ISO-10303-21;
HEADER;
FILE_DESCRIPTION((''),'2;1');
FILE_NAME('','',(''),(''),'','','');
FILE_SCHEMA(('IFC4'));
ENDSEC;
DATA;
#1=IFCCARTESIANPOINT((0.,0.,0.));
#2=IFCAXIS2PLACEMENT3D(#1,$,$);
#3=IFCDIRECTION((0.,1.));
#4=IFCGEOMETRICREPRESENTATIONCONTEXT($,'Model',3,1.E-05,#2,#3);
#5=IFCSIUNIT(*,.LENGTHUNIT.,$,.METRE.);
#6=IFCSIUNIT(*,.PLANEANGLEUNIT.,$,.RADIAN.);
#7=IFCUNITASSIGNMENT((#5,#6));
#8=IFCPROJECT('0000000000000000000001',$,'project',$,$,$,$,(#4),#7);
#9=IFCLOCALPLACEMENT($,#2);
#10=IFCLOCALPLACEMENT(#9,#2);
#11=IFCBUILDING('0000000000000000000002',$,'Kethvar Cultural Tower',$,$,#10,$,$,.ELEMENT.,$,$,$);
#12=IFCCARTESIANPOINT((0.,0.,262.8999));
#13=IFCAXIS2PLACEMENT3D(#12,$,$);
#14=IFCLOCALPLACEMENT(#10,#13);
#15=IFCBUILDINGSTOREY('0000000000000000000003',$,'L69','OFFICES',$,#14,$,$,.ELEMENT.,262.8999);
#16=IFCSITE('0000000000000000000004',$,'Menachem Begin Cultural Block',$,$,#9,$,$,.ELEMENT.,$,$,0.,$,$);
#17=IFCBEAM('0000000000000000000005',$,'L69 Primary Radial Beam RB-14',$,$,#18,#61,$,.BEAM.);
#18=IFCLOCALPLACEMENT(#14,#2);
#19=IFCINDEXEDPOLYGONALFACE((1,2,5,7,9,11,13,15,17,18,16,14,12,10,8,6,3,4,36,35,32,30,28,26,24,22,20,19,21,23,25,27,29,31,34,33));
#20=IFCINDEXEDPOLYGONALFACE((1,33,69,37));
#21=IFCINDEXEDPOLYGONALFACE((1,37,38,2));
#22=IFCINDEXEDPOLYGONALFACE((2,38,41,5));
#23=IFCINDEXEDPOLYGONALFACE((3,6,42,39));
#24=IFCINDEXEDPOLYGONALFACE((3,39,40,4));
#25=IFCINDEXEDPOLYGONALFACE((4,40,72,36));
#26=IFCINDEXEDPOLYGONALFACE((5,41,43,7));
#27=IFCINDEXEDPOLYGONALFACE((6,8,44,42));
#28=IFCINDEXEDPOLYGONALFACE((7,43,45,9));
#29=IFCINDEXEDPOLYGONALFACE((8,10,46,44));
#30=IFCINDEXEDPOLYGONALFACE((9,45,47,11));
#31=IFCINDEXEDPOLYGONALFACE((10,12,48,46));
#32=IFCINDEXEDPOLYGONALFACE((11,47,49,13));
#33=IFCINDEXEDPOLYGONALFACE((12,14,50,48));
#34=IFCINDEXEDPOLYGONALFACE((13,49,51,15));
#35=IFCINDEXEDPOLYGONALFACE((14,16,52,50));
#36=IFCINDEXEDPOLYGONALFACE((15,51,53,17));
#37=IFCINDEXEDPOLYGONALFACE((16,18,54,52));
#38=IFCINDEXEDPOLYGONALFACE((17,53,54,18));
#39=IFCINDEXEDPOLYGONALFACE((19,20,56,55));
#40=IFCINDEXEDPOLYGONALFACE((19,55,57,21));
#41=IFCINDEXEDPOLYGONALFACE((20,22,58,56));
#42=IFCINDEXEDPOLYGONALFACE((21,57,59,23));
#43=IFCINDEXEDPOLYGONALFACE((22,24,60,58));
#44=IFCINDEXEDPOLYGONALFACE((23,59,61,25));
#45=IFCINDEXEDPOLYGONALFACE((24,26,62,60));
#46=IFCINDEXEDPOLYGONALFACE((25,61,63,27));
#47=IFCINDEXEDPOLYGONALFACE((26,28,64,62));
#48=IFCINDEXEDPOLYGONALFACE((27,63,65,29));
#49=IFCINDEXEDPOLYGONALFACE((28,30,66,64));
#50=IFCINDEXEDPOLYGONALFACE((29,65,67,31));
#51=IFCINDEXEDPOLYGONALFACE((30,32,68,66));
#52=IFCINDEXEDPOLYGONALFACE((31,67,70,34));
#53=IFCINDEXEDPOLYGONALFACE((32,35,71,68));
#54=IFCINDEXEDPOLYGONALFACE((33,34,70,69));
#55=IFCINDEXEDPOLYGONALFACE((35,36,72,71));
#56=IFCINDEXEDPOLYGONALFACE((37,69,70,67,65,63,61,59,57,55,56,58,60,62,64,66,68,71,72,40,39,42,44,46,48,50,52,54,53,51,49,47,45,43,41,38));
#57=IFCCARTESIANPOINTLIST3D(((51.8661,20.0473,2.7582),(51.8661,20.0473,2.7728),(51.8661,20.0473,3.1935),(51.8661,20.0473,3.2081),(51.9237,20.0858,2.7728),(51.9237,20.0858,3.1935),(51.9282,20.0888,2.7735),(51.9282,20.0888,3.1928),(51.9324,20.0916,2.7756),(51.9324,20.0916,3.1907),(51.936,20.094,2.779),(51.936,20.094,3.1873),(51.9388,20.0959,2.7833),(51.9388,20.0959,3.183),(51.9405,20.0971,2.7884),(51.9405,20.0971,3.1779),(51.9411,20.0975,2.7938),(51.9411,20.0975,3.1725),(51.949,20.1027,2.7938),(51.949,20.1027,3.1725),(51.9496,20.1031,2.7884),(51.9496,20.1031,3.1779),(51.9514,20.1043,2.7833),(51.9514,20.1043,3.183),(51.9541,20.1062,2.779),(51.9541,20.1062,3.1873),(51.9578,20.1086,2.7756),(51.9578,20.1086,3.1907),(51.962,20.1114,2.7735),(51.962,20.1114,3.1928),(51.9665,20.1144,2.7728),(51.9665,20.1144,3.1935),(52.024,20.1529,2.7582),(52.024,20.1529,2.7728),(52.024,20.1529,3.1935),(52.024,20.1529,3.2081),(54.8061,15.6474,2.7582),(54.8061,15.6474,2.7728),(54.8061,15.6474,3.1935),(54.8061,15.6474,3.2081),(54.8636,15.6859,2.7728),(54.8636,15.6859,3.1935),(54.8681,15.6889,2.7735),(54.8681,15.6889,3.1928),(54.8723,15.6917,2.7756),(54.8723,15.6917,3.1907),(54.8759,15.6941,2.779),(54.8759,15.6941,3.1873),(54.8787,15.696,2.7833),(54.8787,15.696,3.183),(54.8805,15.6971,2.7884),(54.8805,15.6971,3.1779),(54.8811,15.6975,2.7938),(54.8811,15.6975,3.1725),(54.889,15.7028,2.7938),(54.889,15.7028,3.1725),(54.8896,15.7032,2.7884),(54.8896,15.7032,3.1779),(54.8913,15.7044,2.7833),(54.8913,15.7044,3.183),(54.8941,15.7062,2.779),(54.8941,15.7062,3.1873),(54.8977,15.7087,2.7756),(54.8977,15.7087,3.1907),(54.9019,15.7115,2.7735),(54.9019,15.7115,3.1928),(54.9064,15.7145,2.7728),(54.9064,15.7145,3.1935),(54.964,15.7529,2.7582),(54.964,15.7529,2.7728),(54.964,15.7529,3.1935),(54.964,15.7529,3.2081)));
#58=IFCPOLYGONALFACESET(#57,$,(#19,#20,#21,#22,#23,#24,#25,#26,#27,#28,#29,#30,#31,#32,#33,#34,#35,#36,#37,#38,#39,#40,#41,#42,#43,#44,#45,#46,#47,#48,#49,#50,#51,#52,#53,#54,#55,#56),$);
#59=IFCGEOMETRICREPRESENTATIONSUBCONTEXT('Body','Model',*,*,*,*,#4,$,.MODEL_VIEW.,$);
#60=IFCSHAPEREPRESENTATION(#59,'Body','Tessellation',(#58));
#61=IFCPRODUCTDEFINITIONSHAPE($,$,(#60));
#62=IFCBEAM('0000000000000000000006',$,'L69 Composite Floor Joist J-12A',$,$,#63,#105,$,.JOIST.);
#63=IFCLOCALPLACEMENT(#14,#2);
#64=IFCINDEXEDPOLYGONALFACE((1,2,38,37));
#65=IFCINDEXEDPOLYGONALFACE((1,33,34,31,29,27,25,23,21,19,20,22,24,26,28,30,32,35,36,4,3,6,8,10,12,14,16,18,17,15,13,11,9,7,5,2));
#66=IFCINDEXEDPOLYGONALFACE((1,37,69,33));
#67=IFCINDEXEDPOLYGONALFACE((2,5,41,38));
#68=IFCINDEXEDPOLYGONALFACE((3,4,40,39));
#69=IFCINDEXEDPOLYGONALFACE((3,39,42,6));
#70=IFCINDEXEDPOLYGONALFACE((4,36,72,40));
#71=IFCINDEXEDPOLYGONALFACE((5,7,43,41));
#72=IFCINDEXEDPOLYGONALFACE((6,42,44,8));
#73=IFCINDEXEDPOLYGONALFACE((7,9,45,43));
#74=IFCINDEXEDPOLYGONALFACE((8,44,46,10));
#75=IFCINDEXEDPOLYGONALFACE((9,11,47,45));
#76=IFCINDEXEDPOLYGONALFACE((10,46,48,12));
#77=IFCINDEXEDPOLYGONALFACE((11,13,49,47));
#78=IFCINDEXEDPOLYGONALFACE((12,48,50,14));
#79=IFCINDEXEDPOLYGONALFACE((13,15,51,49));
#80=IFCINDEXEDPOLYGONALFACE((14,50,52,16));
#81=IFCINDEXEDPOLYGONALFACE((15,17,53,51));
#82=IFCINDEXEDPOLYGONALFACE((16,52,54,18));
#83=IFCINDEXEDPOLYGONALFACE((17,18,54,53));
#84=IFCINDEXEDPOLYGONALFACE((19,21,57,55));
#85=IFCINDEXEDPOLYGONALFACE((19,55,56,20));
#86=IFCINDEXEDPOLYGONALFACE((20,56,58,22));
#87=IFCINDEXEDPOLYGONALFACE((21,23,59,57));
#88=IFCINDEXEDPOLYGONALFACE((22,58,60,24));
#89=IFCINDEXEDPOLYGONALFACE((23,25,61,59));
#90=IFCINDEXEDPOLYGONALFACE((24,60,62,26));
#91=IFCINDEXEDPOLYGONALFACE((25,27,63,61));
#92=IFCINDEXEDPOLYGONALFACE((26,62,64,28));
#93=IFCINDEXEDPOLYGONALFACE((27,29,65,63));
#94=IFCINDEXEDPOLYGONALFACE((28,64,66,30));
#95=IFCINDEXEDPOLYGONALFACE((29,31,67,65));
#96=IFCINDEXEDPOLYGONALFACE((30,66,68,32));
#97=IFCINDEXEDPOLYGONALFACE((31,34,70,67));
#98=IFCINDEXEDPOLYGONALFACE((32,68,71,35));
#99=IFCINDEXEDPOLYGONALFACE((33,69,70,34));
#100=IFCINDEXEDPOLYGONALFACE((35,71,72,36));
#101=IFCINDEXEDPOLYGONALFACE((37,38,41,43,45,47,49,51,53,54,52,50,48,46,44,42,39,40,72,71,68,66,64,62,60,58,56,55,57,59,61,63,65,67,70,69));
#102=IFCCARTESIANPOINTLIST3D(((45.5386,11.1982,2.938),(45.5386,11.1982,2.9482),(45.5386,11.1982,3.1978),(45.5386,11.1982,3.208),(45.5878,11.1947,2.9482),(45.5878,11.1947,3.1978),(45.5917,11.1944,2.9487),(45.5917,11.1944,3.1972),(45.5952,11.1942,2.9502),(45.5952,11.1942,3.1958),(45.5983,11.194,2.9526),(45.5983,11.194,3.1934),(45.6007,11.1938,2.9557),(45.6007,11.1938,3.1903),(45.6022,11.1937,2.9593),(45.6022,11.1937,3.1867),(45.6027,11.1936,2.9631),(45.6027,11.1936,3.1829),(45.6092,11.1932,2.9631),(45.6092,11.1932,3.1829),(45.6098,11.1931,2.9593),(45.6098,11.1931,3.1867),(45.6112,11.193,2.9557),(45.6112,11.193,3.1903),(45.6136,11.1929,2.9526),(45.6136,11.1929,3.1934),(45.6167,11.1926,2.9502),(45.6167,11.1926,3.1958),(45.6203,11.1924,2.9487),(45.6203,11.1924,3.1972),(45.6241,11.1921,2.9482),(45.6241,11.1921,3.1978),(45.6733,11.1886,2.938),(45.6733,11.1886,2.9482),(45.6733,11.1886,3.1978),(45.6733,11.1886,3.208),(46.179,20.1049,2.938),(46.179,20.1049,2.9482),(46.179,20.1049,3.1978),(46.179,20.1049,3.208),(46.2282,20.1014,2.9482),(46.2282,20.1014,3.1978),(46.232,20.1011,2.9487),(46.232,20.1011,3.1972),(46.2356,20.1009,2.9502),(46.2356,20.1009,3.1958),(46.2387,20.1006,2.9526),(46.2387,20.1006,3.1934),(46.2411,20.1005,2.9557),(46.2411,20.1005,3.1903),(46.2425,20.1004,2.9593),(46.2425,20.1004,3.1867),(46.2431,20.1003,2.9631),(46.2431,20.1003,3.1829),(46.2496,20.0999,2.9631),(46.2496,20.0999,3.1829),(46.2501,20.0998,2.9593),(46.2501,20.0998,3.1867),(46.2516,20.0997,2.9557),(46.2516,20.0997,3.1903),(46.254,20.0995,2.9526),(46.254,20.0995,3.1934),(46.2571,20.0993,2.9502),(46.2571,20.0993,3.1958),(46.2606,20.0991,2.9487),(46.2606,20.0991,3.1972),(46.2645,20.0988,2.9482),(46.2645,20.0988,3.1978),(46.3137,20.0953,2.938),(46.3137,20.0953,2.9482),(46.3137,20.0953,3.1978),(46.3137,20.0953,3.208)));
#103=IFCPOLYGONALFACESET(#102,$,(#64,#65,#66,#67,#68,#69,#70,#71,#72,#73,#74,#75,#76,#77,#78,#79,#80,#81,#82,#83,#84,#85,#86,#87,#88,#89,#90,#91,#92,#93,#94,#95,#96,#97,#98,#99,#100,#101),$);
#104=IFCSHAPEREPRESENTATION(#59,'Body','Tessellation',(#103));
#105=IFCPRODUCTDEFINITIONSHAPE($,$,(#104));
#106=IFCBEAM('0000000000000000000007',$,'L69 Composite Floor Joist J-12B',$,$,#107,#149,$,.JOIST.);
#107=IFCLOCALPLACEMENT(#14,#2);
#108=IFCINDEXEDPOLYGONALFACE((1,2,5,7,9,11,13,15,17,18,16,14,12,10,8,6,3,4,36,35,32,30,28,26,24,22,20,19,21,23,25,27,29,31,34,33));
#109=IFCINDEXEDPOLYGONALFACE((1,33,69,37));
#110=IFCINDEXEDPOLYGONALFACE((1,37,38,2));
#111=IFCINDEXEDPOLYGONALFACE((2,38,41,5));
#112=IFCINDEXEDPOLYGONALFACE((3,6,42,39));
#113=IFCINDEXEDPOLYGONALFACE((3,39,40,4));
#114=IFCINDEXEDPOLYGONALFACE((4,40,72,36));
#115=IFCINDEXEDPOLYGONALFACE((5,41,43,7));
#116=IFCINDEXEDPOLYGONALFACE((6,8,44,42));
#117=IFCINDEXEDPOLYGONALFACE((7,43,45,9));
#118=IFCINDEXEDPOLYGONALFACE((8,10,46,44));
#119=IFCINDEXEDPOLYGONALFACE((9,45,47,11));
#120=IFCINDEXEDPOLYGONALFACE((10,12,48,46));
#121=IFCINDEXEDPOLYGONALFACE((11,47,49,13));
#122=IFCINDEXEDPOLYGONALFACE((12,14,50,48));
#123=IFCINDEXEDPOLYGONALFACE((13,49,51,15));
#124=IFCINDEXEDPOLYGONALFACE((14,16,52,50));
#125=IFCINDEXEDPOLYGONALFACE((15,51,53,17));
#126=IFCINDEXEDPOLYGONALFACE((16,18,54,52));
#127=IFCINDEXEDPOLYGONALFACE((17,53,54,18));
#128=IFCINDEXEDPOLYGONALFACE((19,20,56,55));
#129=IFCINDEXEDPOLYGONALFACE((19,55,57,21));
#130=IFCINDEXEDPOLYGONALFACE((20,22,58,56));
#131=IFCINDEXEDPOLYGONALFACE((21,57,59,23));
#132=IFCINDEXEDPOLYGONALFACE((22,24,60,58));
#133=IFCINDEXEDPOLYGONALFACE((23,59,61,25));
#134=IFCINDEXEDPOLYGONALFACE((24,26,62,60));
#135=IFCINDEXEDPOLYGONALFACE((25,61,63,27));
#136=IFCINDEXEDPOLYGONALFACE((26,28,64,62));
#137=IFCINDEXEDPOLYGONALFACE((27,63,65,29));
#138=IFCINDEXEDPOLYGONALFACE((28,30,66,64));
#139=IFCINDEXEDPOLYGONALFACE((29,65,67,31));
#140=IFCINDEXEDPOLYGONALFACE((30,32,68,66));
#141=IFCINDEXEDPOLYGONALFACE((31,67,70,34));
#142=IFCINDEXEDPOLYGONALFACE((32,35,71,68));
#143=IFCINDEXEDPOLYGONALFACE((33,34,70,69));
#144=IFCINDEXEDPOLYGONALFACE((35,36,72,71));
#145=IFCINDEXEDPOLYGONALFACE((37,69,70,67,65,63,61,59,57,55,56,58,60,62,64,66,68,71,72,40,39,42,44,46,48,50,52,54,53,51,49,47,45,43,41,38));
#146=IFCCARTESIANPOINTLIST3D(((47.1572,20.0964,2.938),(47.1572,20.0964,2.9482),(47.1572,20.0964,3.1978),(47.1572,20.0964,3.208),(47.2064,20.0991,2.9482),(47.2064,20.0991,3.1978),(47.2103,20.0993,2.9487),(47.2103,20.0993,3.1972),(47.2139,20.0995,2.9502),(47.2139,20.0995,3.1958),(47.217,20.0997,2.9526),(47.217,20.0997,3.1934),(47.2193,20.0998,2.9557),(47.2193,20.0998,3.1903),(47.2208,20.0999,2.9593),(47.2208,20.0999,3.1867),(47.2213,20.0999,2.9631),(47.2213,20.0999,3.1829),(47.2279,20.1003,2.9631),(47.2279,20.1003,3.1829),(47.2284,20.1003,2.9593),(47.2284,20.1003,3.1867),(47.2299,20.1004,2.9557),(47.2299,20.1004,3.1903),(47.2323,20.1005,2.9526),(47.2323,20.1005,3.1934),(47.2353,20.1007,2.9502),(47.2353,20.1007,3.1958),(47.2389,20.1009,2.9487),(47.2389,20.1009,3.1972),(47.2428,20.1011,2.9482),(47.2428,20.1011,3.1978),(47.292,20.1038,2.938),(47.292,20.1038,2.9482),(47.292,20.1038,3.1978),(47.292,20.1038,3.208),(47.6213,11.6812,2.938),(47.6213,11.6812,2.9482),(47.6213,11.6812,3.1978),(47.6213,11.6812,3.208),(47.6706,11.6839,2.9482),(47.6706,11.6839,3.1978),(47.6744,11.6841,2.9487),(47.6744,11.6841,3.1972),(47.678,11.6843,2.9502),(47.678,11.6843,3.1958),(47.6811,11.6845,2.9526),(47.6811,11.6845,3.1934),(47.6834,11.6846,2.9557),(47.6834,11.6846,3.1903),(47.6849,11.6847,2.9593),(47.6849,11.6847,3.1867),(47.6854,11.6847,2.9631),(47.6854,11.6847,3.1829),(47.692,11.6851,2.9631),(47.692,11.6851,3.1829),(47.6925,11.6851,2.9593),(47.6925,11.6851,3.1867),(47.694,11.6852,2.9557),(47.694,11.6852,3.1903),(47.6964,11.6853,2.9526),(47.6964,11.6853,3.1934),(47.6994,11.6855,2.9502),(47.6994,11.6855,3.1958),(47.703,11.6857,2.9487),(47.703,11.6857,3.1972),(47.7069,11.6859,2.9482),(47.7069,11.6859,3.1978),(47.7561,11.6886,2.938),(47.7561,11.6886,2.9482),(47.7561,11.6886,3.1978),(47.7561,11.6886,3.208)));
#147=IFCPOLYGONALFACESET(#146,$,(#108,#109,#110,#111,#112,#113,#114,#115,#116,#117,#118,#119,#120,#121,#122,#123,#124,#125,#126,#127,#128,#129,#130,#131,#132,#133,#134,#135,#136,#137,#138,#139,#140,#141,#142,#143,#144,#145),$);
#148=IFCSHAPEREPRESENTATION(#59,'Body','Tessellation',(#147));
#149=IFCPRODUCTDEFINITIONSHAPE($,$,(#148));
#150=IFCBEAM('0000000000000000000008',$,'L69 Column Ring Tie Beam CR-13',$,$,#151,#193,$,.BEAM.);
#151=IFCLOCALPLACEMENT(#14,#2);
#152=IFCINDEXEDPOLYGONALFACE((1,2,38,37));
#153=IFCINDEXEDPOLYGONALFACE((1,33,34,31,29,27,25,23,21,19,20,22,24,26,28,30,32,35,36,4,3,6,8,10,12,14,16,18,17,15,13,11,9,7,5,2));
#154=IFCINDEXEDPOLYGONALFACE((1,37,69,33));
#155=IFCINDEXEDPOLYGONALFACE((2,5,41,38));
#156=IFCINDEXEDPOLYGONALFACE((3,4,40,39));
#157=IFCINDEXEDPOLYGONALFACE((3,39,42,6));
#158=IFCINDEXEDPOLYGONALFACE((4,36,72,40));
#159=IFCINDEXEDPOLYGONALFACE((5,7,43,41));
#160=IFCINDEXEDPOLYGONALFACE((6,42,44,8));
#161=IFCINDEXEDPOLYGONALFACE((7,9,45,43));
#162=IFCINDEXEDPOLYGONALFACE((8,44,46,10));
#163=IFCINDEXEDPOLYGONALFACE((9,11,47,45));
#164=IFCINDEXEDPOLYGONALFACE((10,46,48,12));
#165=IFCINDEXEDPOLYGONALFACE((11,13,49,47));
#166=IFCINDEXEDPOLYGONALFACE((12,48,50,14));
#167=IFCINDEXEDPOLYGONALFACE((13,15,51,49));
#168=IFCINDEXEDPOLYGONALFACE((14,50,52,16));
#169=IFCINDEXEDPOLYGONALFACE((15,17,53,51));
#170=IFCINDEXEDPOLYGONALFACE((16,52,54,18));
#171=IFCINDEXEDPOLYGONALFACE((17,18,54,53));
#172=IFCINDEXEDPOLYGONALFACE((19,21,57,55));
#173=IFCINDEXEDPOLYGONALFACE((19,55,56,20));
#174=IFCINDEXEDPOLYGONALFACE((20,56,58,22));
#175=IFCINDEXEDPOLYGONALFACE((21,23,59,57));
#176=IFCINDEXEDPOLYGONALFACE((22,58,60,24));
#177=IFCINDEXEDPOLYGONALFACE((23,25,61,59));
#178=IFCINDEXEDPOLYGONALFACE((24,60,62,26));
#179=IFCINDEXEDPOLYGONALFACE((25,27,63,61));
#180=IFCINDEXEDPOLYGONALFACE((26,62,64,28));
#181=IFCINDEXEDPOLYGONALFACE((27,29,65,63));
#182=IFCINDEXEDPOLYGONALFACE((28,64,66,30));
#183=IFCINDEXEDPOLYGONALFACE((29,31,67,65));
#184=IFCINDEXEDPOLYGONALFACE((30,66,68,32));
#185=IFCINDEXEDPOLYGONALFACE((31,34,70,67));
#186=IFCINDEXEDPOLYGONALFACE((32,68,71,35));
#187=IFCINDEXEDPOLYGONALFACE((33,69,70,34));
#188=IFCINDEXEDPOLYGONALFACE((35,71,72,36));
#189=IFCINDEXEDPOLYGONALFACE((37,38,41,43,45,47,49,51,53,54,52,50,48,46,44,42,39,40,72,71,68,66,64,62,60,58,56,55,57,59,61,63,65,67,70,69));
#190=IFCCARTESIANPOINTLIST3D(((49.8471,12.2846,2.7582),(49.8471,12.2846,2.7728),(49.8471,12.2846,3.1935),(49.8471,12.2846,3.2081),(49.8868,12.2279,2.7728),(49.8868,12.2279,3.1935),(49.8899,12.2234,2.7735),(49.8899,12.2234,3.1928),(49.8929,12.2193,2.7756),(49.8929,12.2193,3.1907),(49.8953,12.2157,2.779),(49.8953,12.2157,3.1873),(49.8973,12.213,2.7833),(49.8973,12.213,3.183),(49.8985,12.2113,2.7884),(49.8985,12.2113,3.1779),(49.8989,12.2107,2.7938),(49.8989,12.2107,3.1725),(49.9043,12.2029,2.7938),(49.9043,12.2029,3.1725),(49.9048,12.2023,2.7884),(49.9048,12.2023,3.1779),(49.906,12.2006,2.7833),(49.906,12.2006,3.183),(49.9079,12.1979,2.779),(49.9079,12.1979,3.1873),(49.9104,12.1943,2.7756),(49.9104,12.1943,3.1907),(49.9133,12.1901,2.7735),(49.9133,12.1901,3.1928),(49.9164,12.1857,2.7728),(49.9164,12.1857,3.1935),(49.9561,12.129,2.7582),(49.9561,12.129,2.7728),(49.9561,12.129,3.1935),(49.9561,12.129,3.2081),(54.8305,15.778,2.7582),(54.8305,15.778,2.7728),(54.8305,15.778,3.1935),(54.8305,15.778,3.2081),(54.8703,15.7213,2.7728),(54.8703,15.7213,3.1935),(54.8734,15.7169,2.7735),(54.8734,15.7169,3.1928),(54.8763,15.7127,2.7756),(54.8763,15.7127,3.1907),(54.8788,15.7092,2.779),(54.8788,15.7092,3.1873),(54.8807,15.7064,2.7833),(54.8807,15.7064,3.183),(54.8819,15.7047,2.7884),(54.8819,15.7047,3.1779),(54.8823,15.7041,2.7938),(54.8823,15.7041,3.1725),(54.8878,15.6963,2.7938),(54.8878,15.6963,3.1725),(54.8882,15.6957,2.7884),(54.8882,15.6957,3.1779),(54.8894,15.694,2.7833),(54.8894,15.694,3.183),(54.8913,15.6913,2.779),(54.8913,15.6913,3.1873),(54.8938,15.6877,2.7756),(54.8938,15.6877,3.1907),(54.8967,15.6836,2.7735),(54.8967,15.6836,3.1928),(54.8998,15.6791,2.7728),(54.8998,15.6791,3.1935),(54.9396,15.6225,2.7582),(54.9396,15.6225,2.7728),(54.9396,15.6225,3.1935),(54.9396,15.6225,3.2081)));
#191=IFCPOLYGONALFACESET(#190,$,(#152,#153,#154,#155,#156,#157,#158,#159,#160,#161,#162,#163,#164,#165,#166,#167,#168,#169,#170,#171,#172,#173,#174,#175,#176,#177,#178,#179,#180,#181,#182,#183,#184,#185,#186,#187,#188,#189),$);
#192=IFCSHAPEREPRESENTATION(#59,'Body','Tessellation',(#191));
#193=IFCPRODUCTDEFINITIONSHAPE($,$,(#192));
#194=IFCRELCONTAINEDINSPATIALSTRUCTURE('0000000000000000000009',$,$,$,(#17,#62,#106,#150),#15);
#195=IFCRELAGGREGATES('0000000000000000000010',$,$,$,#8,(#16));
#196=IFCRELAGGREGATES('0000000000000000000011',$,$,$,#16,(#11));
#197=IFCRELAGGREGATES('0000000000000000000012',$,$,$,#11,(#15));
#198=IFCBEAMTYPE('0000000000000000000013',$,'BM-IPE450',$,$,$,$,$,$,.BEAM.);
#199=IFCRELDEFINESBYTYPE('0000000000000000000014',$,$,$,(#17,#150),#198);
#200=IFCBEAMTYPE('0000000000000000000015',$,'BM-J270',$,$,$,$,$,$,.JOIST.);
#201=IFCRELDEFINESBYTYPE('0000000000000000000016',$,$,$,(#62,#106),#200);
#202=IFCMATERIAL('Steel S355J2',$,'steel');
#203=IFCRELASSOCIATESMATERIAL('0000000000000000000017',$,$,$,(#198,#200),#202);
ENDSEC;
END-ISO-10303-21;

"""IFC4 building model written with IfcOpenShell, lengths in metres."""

from ifc_helpers import new_model, si_unit, direction, frame, origin, origin_2d, place, context, subcontext, project, spatial, i_section, extrude, source, transform, mapped, material, material_profile, profile_set, type_object, element, save


model = new_model("IFC4")

# Units and contexts
model_context = context("Model", 3, precision=1e-05, world=origin(), true_north=direction((0.0, 1.0)))
body_context = subcontext(model_context, "Body", "Model", "MODEL_VIEW")
ifc_project = project(units=[si_unit("LENGTHUNIT", "METRE"), si_unit("PLANEANGLEUNIT", "RADIAN")], contexts=[model_context])

# Site, building, storey
site_placement = place(None, origin())
site = spatial("IfcSite", under=ifc_project, at=site_placement, Name="Menachem Begin Cultural Block", CompositionType="ELEMENT", RefElevation=0.0)
building_placement = place(site_placement, origin())
building = spatial("IfcBuilding", under=site, at=building_placement, Name="Kethvar Cultural Tower", CompositionType="ELEMENT")
storey_placement = place(building_placement, frame((0.0, 0.0, 262.8999)))
storey = spatial("IfcBuildingStorey", under=building, at=storey_placement, Name="L69", Description="OFFICES", CompositionType="ELEMENT", Elevation=262.8999)

# Beams
ifc_material_1 = material(Name="Steel S355J2", Category="steel")
ifc_material_profile_1 = material_profile(ifc_material_1, i_section(OverallWidth=0.1899, OverallDepth=0.45, WebThickness=0.0095, FlangeThickness=0.0146, FilletRadius=0.021, at=origin_2d()), Name="Steel S355J2 — IPE450")
ifc_profile_set_1 = profile_set([ifc_material_profile_1], Name="Steel S355J2 — IPE450")
beam_type_1 = type_object("IfcBeamType", Name="BM-IPE450", PredefinedType="BEAM", material=ifc_profile_set_1)
shared_shape_1 = source(origin(), body_context, "Body", "SweptSolid", [
    extrude(i_section(OverallWidth=0.1899, OverallDepth=0.45, WebThickness=0.0095, FlangeThickness=0.0146, FilletRadius=0.021, at=origin_2d()), origin(), (0.0, 0.0, 1.0), 5.2917),
])
beam_1_placement = place(storey_placement, frame((51.9451, 20.1001, 2.9832), z_axis=(0.555573, -0.831468, 0.0), x_axis=(0.831468, 0.555573, 0.0)))
element("IfcBeam", 1, at=beam_1_placement, inside=storey, type_object=beam_type_1, Name="L69 Primary Radial Beam RB-14", PredefinedType="BEAM", context=body_context, shape_type="MappedRepresentation", body=[
    mapped(shared_shape_1, transform((0.0, 0.0, 0.0), scale=1.0)),
])
ifc_material_profile_2 = material_profile(ifc_material_1, i_section(OverallWidth=0.135, OverallDepth=0.27, WebThickness=0.0066, FlangeThickness=0.0103, FilletRadius=0.0149, at=origin_2d()), Name="Steel S355J2 — IPE270")
ifc_profile_set_2 = profile_set([ifc_material_profile_2], Name="Steel S355J2 — IPE270")
beam_type_2 = type_object("IfcBeamType", Name="BM-J270", PredefinedType="JOIST", material=ifc_profile_set_2)
shared_shape_2 = source(origin(), body_context, "Body", "SweptSolid", [
    extrude(i_section(OverallWidth=0.135, OverallDepth=0.27, WebThickness=0.0066, FlangeThickness=0.0103, FilletRadius=0.0149, at=origin_2d()), origin(), (0.0, 0.0, 1.0), 8.9297),
])
beam_2_placement = place(storey_placement, frame((46.2463, 20.1001, 3.073), z_axis=(-0.071713, -0.997425, 0.0), x_axis=(0.997425, -0.071713, 0.0)))
element("IfcBeam", 2, at=beam_2_placement, inside=storey, type_object=beam_type_2, Name="L69 Composite Floor Joist J-12A", PredefinedType="JOIST", context=body_context, shape_type="MappedRepresentation", body=[
    mapped(shared_shape_2, transform((0.0, 0.0, 0.0), scale=1.0)),
])
shared_shape_3 = source(origin(), body_context, "Body", "SweptSolid", [
    extrude(i_section(OverallWidth=0.135, OverallDepth=0.27, WebThickness=0.0066, FlangeThickness=0.0103, FilletRadius=0.0149, at=origin_2d()), origin(), (0.0, 0.0, 1.0), 8.428),
])
beam_3_placement = place(storey_placement, frame((47.2246, 20.1001, 3.073), z_axis=(0.055067, -0.998483, 0.0), x_axis=(0.998483, 0.055067, 0.0)))
element("IfcBeam", 3, at=beam_3_placement, inside=storey, type_object=beam_type_2, Name="L69 Composite Floor Joist J-12B", PredefinedType="JOIST", context=body_context, shape_type="MappedRepresentation", body=[
    mapped(shared_shape_3, transform((0.0, 0.0, 0.0), scale=1.0)),
])
shared_shape_4 = source(origin(), body_context, "Body", "SweptSolid", [
    extrude(i_section(OverallWidth=0.1899, OverallDepth=0.45, WebThickness=0.0095, FlangeThickness=0.0146, FilletRadius=0.021, at=origin_2d()), origin(), (0.0, 0.0, 1.0), 6.0859),
])
beam_4_placement = place(storey_placement, frame((49.9016, 12.2068, 2.9832), z_axis=(0.818843, 0.574017, 0.0), x_axis=(-0.574017, 0.818843, 0.0)))
element("IfcBeam", 4, at=beam_4_placement, inside=storey, type_object=beam_type_1, Name="L69 Column Ring Tie Beam CR-13", PredefinedType="BEAM", context=body_context, shape_type="MappedRepresentation", body=[
    mapped(shared_shape_4, transform((0.0, 0.0, 0.0), scale=1.0)),
])

save(model, "model.ifc")
